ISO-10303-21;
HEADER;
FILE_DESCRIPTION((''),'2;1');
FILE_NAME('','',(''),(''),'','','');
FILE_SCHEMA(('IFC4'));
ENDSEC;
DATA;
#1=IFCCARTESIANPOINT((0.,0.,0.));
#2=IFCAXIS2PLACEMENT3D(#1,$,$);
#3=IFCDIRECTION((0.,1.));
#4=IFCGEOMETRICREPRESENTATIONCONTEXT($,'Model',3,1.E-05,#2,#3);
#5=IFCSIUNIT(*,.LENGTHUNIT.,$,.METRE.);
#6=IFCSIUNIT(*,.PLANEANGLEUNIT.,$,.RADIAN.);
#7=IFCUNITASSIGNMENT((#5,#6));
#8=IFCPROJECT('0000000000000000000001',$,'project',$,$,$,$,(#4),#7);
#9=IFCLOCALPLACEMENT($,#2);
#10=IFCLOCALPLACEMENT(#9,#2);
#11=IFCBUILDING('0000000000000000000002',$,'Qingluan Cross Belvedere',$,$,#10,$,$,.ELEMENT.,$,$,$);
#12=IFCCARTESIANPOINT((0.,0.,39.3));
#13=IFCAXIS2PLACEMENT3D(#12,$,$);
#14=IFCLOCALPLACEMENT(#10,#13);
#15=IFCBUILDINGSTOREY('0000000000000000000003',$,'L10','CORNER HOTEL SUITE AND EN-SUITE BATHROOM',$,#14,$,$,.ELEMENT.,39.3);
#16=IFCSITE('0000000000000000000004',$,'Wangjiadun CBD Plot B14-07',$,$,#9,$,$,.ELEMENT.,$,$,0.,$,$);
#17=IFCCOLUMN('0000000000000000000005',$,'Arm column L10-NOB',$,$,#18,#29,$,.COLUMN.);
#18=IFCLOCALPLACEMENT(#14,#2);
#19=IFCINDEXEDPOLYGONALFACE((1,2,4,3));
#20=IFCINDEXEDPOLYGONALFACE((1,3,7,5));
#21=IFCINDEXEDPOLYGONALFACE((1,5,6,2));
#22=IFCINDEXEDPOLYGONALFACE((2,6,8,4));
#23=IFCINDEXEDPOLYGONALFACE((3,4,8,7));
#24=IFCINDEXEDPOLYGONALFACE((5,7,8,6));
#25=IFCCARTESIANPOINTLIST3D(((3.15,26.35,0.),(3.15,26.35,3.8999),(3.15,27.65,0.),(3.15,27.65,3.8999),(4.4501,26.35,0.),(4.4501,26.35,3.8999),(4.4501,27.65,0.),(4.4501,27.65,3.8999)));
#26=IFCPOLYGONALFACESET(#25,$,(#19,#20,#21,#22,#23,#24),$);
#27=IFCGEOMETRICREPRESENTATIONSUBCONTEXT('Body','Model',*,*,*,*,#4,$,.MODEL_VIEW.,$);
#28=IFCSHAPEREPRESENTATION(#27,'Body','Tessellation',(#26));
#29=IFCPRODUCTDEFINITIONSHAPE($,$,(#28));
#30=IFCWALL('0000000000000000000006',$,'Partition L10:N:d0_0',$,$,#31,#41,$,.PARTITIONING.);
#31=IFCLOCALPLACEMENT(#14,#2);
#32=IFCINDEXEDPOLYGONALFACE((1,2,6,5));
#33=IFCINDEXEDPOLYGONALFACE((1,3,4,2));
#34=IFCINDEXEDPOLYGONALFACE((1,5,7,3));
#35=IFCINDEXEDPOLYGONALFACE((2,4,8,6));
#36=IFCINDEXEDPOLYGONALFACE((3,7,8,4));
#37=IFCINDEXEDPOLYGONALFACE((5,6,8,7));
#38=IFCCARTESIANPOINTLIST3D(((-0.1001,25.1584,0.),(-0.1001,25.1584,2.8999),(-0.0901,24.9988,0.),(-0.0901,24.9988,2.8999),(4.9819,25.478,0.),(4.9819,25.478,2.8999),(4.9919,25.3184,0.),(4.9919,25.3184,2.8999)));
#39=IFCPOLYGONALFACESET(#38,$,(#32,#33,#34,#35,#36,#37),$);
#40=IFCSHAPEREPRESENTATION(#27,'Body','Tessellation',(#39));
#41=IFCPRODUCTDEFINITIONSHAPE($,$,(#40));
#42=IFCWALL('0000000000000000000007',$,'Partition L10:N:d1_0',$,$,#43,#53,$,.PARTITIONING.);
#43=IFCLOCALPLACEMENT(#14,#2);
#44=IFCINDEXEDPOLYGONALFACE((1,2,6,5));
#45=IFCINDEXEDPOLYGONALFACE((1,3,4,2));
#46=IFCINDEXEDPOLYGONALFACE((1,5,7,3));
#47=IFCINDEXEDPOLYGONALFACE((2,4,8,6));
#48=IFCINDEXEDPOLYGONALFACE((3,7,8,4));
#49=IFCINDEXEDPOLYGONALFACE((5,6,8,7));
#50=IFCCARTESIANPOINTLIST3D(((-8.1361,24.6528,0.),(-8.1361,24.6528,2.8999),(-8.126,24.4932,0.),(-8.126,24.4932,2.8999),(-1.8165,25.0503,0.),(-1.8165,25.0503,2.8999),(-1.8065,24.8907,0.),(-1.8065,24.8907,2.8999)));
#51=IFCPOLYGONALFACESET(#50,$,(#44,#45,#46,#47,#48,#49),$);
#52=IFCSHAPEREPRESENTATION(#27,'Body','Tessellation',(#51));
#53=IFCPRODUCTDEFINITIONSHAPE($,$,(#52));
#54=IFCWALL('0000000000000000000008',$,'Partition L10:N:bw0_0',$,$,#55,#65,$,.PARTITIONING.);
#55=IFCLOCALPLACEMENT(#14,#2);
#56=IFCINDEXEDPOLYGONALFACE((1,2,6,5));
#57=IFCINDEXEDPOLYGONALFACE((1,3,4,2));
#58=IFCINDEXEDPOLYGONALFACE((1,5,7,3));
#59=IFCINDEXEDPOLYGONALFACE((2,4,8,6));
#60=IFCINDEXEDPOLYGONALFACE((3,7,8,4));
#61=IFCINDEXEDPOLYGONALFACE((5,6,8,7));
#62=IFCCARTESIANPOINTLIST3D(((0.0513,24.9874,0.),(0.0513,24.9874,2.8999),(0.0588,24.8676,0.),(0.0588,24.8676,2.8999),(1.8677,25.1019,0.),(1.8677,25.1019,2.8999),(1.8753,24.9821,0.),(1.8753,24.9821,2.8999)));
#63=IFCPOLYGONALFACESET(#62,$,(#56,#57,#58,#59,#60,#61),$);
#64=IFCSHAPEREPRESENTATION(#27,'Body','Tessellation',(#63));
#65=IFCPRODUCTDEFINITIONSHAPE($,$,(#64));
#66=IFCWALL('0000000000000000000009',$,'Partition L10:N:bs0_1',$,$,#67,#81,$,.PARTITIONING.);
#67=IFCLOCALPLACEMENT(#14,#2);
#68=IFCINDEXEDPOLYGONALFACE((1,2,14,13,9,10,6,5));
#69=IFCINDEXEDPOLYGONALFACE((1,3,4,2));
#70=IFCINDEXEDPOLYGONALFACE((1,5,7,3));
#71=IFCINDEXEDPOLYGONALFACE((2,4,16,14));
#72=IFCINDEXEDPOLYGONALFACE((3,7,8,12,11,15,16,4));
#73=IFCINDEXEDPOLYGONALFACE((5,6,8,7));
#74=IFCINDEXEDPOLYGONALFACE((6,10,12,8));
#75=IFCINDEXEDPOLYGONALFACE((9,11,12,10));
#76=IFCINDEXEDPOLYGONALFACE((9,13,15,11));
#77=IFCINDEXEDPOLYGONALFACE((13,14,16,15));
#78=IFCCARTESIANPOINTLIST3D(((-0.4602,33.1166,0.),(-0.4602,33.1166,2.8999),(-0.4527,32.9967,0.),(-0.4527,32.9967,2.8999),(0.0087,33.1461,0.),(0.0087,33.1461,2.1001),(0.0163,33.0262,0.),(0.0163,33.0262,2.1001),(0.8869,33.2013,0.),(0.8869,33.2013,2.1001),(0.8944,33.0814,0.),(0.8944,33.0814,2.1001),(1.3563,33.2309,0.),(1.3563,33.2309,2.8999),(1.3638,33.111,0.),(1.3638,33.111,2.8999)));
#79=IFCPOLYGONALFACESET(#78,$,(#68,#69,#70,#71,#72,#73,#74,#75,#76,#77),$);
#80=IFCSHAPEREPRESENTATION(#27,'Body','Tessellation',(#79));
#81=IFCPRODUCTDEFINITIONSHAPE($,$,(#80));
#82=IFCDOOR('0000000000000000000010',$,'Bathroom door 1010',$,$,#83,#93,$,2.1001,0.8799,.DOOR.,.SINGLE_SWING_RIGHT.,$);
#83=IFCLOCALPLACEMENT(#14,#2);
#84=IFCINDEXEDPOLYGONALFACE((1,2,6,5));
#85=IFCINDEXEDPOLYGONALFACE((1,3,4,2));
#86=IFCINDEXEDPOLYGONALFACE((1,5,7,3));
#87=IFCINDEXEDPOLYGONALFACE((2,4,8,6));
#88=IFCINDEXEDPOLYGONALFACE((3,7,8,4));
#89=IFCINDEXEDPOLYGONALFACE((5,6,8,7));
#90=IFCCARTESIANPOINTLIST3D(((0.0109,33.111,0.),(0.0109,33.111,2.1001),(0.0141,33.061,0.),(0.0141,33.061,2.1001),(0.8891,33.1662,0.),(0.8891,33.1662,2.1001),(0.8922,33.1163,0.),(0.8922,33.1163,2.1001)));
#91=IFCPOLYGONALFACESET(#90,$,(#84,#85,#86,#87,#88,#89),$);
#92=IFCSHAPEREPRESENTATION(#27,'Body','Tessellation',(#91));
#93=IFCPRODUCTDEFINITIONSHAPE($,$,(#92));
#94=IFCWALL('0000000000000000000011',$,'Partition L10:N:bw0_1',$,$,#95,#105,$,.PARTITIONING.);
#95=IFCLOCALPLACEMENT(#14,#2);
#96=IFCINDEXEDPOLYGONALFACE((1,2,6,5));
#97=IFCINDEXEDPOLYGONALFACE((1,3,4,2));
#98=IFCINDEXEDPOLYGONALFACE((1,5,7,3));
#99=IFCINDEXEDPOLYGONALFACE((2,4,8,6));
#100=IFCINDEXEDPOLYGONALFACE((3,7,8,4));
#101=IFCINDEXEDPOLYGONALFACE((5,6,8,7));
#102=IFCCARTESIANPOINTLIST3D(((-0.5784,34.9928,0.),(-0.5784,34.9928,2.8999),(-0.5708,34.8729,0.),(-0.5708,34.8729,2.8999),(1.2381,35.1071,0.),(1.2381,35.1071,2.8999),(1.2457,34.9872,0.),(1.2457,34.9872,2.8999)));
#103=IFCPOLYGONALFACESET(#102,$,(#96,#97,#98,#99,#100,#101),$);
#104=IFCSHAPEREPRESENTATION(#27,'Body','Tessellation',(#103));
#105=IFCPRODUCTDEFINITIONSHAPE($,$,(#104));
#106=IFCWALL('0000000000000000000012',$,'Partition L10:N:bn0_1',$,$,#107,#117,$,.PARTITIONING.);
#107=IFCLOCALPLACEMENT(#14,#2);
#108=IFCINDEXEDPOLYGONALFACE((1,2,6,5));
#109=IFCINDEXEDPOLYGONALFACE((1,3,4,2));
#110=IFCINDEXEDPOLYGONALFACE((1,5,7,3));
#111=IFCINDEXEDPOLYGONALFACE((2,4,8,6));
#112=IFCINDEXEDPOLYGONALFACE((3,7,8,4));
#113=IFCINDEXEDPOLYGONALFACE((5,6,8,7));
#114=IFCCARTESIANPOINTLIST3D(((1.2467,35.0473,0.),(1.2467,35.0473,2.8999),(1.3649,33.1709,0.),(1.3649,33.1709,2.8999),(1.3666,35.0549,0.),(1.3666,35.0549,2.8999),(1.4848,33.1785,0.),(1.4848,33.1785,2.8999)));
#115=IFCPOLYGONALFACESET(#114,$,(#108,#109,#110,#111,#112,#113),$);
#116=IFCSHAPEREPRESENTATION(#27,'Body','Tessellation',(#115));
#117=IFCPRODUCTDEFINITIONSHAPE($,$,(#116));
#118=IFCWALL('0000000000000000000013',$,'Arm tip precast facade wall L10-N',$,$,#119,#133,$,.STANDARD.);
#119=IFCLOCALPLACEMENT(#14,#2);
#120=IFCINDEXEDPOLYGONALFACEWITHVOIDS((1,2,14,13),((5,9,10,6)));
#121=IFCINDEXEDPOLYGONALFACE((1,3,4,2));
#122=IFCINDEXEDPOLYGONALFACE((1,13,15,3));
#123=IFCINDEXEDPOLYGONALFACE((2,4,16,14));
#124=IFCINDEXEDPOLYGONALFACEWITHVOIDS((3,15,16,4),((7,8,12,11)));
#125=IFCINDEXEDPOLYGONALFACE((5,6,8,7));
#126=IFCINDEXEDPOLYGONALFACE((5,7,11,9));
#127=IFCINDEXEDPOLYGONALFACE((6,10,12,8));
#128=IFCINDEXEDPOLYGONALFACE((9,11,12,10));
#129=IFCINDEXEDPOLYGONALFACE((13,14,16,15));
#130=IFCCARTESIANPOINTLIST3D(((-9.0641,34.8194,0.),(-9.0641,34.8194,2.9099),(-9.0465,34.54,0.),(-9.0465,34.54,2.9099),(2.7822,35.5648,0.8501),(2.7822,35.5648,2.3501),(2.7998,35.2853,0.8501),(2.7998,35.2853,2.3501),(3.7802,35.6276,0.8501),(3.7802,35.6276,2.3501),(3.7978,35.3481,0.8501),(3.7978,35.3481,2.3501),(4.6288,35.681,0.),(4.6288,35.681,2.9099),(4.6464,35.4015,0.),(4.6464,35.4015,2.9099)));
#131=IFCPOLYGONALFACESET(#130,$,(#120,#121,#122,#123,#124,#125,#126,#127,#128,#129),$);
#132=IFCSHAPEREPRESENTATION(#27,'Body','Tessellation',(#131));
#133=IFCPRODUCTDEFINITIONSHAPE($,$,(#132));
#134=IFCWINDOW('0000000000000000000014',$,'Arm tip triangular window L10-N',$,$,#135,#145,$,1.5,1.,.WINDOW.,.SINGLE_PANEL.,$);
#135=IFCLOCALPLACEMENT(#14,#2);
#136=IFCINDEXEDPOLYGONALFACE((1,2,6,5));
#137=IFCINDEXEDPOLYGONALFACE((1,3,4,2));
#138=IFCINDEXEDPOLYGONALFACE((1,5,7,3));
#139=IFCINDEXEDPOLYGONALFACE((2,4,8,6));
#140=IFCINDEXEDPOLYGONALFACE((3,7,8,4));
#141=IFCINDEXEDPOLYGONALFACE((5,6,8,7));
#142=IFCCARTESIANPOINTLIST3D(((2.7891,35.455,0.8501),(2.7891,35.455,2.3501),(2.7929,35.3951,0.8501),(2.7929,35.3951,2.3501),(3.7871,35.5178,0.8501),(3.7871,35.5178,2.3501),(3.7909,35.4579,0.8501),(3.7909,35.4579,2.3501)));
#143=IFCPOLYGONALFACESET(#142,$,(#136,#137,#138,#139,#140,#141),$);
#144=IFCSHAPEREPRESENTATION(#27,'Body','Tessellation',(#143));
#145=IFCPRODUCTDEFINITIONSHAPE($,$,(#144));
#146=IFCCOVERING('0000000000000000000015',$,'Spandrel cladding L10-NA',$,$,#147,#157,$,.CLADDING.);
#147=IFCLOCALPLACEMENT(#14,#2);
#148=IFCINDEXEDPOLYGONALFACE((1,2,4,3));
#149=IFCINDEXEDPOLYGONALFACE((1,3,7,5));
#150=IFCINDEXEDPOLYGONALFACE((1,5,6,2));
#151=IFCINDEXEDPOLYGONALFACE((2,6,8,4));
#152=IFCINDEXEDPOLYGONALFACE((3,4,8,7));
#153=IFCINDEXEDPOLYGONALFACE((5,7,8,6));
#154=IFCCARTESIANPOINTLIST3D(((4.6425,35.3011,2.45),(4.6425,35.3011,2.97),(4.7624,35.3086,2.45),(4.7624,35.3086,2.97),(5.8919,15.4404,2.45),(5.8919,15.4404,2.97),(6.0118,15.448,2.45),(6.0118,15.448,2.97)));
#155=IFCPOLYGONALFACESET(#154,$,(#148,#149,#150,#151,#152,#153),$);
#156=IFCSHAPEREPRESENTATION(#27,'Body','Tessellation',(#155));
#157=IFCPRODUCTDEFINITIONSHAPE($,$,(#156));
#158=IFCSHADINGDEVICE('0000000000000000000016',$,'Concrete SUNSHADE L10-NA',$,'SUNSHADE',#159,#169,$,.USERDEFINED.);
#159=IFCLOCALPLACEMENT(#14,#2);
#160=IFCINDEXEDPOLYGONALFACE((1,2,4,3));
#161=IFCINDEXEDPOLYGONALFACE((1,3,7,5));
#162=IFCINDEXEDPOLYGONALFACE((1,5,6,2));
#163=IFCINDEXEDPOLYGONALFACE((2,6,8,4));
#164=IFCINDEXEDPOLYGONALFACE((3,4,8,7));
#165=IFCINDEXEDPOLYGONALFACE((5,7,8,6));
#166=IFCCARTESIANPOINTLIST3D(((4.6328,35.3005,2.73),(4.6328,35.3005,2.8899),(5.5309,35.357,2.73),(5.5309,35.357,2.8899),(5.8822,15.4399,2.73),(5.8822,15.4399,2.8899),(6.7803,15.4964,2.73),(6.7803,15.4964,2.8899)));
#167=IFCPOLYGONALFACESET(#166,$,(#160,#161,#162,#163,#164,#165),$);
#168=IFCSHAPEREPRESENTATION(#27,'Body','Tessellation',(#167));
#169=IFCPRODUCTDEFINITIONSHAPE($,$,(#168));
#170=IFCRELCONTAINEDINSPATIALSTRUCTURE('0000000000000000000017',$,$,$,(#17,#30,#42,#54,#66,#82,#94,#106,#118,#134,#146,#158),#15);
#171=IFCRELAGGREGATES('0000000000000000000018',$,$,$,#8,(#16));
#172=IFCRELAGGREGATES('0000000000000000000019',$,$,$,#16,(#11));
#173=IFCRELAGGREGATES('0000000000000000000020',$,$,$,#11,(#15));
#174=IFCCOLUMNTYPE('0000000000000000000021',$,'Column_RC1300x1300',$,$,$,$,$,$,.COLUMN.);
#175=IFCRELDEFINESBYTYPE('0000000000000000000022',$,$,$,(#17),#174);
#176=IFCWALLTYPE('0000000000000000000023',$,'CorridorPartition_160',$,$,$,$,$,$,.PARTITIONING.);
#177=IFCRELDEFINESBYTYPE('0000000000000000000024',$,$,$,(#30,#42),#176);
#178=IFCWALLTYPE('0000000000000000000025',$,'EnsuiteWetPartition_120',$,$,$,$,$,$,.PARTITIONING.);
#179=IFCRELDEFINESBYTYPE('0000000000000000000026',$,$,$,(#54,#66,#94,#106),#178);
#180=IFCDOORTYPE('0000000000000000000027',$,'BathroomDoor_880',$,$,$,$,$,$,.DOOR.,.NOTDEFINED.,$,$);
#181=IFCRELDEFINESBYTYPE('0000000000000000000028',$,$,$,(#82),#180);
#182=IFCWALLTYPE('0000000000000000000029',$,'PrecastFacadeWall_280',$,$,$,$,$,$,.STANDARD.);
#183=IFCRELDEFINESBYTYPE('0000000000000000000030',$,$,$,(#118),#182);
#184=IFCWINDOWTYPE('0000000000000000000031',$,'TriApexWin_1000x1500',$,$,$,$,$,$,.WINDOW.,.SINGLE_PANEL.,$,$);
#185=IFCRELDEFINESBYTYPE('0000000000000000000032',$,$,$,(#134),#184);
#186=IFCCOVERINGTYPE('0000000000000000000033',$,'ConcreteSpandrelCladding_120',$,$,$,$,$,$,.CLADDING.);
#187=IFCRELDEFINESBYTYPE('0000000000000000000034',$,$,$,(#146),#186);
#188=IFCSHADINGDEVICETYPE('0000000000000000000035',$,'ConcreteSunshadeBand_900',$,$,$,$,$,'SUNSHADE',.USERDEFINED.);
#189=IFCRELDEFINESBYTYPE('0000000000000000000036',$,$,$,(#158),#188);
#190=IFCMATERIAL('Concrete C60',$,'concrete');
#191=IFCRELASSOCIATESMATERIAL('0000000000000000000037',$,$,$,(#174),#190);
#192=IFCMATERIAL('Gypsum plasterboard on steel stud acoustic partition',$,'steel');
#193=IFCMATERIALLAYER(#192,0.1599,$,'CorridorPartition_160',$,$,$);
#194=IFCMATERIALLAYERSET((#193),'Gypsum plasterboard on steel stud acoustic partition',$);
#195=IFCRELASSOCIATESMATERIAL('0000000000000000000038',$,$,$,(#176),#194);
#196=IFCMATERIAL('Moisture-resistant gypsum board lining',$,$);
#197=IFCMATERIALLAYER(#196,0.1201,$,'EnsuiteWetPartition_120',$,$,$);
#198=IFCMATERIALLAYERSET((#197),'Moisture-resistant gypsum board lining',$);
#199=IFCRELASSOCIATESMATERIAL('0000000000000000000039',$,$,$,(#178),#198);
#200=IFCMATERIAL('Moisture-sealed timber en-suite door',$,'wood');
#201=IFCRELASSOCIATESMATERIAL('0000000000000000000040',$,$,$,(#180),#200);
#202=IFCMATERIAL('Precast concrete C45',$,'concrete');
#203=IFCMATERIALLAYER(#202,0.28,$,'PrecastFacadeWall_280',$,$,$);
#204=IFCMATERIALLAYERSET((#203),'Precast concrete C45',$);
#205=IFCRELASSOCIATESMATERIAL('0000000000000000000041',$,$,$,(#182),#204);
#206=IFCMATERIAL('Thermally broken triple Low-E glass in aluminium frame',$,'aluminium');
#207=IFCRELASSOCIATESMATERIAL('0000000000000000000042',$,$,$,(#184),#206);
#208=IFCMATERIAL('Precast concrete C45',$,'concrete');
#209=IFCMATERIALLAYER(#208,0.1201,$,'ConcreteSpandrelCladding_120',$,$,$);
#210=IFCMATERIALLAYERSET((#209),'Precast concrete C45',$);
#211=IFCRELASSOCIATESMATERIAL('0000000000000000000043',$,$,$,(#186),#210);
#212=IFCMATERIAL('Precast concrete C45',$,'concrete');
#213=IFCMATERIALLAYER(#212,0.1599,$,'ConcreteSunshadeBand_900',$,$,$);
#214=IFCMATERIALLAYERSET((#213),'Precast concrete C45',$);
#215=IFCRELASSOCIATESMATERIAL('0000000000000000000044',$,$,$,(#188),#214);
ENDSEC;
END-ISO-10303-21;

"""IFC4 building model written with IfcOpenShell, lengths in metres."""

from ifc_helpers import new_model, si_unit, direction, frame, frame_2d, origin, origin_2d, place, context, subcontext, project, spatial, rectangle, extrude, material, layer, layer_set, material_profile, profile_set, type_object, element, fill, save


model = new_model("IFC4")

# Units and contexts
model_context = context("Model", 3, precision=1e-05, world=origin(), true_north=direction((0.0, 1.0)))
body_context = subcontext(model_context, "Body", "Model", "MODEL_VIEW")
ifc_project = project(units=[si_unit("LENGTHUNIT", "METRE"), si_unit("PLANEANGLEUNIT", "RADIAN")], contexts=[model_context])

# Site, building, storey
site_placement = place(None, origin())
site = spatial("IfcSite", under=ifc_project, at=site_placement, Name="Wangjiadun CBD Plot B14-07", CompositionType="ELEMENT", RefElevation=0.0)
building_placement = place(site_placement, origin())
building = spatial("IfcBuilding", under=site, at=building_placement, Name="Qingluan Cross Belvedere", CompositionType="ELEMENT")
storey_placement = place(building_placement, frame((0.0, 0.0, 39.3)))
storey = spatial("IfcBuildingStorey", under=building, at=storey_placement, Name="L10", Description="CORNER HOTEL SUITE AND EN-SUITE BATHROOM", CompositionType="ELEMENT", Elevation=39.3)

# Column
ifc_material_1 = material(Name="Concrete C60", Category="concrete")
ifc_material_profile = material_profile(ifc_material_1, rectangle(XDim=1.3, YDim=1.3, at=origin_2d()), Name="RC1300x1300")
ifc_profile_set = profile_set([ifc_material_profile], Name="Concrete C60")
column_type = type_object("IfcColumnType", Name="Column_RC1300x1300", PredefinedType="COLUMN", material=ifc_profile_set)
column_placement = place(storey_placement, frame((3.8, 27.0, 0.0), z_axis=(0.0, 0.0, 1.0), x_axis=(1.0, 0.0, 0.0)))
element("IfcColumn", 1, at=column_placement, inside=storey, type_object=column_type, Name="Arm column L10-NOB", PredefinedType="COLUMN", context=body_context, shape_type="SweptSolid", body=[
    extrude(rectangle(XDim=1.3, YDim=1.3, at=origin_2d()), origin(), (0.0, 0.0, 1.0), 3.8999),
])

# Walls
ifc_material_2 = material(Name="Gypsum plasterboard on steel stud acoustic partition", Category="steel")
ifc_layer_1 = layer(ifc_material_2, 0.1599, Name="CorridorPartition_160")
ifc_layer_set_1 = layer_set([ifc_layer_1], Name="Gypsum plasterboard on steel stud acoustic partition")
wall_type_1 = type_object("IfcWallType", Name="CorridorPartition_160", PredefinedType="PARTITIONING", material=ifc_layer_set_1)
wall_1_placement = place(storey_placement, frame((-0.095, 25.0786, 0.0), z_axis=(0.0, 0.0, 1.0), x_axis=(0.998029, 0.06276, 0.0)))
element("IfcWall", 2, at=wall_1_placement, inside=storey, type_object=wall_type_1, Name="Partition L10:N:d0_0", PredefinedType="PARTITIONING", context=body_context, shape_type="SweptSolid", body=[
    extrude(rectangle(XDim=5.092, YDim=0.1599, at=frame_2d((2.5459, 0.0))), origin(), (0.0, 0.0, 1.0), 2.8999),
])
wall_2_placement = place(storey_placement, frame((-1.8115, 24.9705, 0.0), z_axis=(0.0, 0.0, 1.0), x_axis=(-0.998028, -0.06277, 0.0)))
element("IfcWall", 3, at=wall_2_placement, inside=storey, type_object=wall_type_1, Name="Partition L10:N:d1_0", PredefinedType="PARTITIONING", context=body_context, shape_type="SweptSolid", body=[
    extrude(rectangle(XDim=6.332, YDim=0.1599, at=frame_2d((3.166, 0.0))), origin(), (0.0, 0.0, 1.0), 2.8999),
])
ifc_material_3 = material(Name="Moisture-resistant gypsum board lining")
ifc_layer_2 = layer(ifc_material_3, 0.1201, Name="EnsuiteWetPartition_120")
ifc_layer_set_2 = layer_set([ifc_layer_2], Name="Moisture-resistant gypsum board lining")
wall_type_2 = type_object("IfcWallType", Name="EnsuiteWetPartition_120", PredefinedType="PARTITIONING", material=ifc_layer_set_2)
wall_3_placement = place(storey_placement, frame((0.0549, 24.9275, 0.0), z_axis=(0.0, 0.0, 1.0), x_axis=(0.998019, 0.062913, 0.0)))
element("IfcWall", 4, at=wall_3_placement, inside=storey, type_object=wall_type_2, Name="Partition L10:N:bw0_0", PredefinedType="PARTITIONING", context=body_context, shape_type="SweptSolid", body=[
    extrude(rectangle(XDim=1.8201, YDim=0.1201, at=frame_2d((0.9102, 0.0))), origin(), (0.0, 0.0, 1.0), 2.8999),
])

# Wall, opening, door
wall_4_placement = place(storey_placement, frame((-0.4565, 33.0566, 0.0), z_axis=(0.0, 0.0, 1.0), x_axis=(0.998027, 0.062779, 0.0)))
wall_4 = element("IfcWall", 5, at=wall_4_placement, inside=storey, type_object=wall_type_2, Name="Partition L10:N:bs0_1", PredefinedType="PARTITIONING", context=body_context, shape_type="SweptSolid", body=[
    extrude(rectangle(XDim=1.8201, YDim=0.1201, at=frame_2d((0.9102, 0.0))), origin(), (0.0, 0.0, 1.0), 2.8999),
])
opening_1_placement = place(wall_4_placement, frame((0.47, 0.0, 0.0)))
opening_1 = element("IfcOpeningElement", 6, at=opening_1_placement, cuts=wall_4, PredefinedType="OPENING", context=body_context, shape_type="SweptSolid", body=[
    extrude(rectangle(XDim=0.8799, YDim=2.1001, at=frame_2d((0.4399, 1.05))), frame((0.0, 0.0701, 0.0), z_axis=(0.0, -1.0, 0.0), x_axis=(1.0, 0.0, 0.0)), (0.0, 0.0, 1.0), 0.1401),
])
ifc_material_4 = material(Name="Moisture-sealed timber en-suite door", Category="wood")
door_type = type_object("IfcDoorType", Name="BathroomDoor_880", OperationType="NOTDEFINED", PredefinedType="DOOR", material=ifc_material_4)
door_placement = place(opening_1_placement, origin())
door = element("IfcDoor", 7, at=door_placement, inside=storey, type_object=door_type, Name="Bathroom door 1010", OperationType="SINGLE_SWING_RIGHT", OverallHeight=2.1001, OverallWidth=0.8799, PredefinedType="DOOR", context=body_context, shape_type="SweptSolid", body=[
    extrude(rectangle(XDim=0.8799, YDim=2.1001, at=frame_2d((0.4399, 1.05))), frame((0.0, 0.0249, 0.0), z_axis=(0.0, -1.0, 0.0), x_axis=(1.0, 0.0, 0.0)), (0.0, 0.0, 1.0), 0.05),
])
fill(opening_1, door)

# Walls
wall_5_placement = place(storey_placement, frame((-0.5747, 34.9329, 0.0), z_axis=(0.0, 0.0, 1.0), x_axis=(0.998027, 0.062779, 0.0)))
element("IfcWall", 8, at=wall_5_placement, inside=storey, type_object=wall_type_2, Name="Partition L10:N:bw0_1", PredefinedType="PARTITIONING", context=body_context, shape_type="SweptSolid", body=[
    extrude(rectangle(XDim=1.8201, YDim=0.1201, at=frame_2d((0.9102, 0.0))), origin(), (0.0, 0.0, 1.0), 2.8999),
])
wall_6_placement = place(storey_placement, frame((1.4248, 33.1748, 0.0), z_axis=(0.0, 0.0, 1.0), x_axis=(-0.062847, 0.998023, 0.0)))
element("IfcWall", 9, at=wall_6_placement, inside=storey, type_object=wall_type_2, Name="Partition L10:N:bn0_1", PredefinedType="PARTITIONING", context=body_context, shape_type="SweptSolid", body=[
    extrude(rectangle(XDim=1.8801, YDim=0.1201, at=frame_2d((0.9399, 0.0))), origin(), (0.0, 0.0, 1.0), 2.8999),
])

# Wall, opening, window
ifc_material_5 = material(Name="Precast concrete C45", Category="concrete")
ifc_layer_3 = layer(ifc_material_5, 0.28, Name="PrecastFacadeWall_280")
ifc_layer_set_3 = layer_set([ifc_layer_3], Name="Precast concrete C45")
wall_type_3 = type_object("IfcWallType", Name="PrecastFacadeWall_280", PredefinedType="STANDARD", material=ifc_layer_set_3)
wall_7_placement = place(storey_placement, frame((4.6375, 35.5413, 0.0), z_axis=(0.0, 0.0, 1.0), x_axis=(-0.998026, -0.062797, 0.0)))
wall_7 = element("IfcWall", 10, at=wall_7_placement, inside=storey, type_object=wall_type_3, Name="Arm tip precast facade wall L10-N", PredefinedType="STANDARD", context=body_context, shape_type="SweptSolid", body=[
    extrude(rectangle(XDim=13.72, YDim=0.28, at=frame_2d((6.8599, 0.0))), origin(), (0.0, 0.0, 1.0), 2.9099),
])
opening_2_placement = place(wall_7_placement, frame((0.8501, 0.0, 0.8501)))
opening_2 = element("IfcOpeningElement", 11, at=opening_2_placement, cuts=wall_7, PredefinedType="OPENING", context=body_context, shape_type="SweptSolid", body=[
    extrude(rectangle(XDim=1.0, YDim=1.5, at=frame_2d((0.5, 0.75))), frame((0.0, 0.1499, 0.0), z_axis=(0.0, -1.0, 0.0), x_axis=(1.0, 0.0, 0.0)), (0.0, 0.0, 1.0), 0.3),
])
ifc_material_6 = material(Name="Thermally broken triple Low-E glass in aluminium frame", Category="aluminium")
window_type = type_object("IfcWindowType", Name="TriApexWin_1000x1500", PartitioningType="SINGLE_PANEL", PredefinedType="WINDOW", material=ifc_material_6)
window_placement = place(opening_2_placement, origin())
window = element("IfcWindow", 12, at=window_placement, inside=storey, type_object=window_type, Name="Arm tip triangular window L10-N", OverallHeight=1.5, OverallWidth=1.0, PartitioningType="SINGLE_PANEL", PredefinedType="WINDOW", context=body_context, shape_type="SweptSolid", body=[
    extrude(rectangle(XDim=1.0, YDim=1.5, at=frame_2d((0.5, 0.75))), frame((0.0, 0.03, 0.0), z_axis=(0.0, -1.0, 0.0), x_axis=(1.0, 0.0, 0.0)), (0.0, 0.0, 1.0), 0.0601),
])
fill(opening_2, window)

# Covering
ifc_material_7 = material(Name="Precast concrete C45", Category="concrete")
ifc_layer_4 = layer(ifc_material_7, 0.1201, Name="ConcreteSpandrelCladding_120")
ifc_layer_set_4 = layer_set([ifc_layer_4], Name="Precast concrete C45")
covering_type = type_object("IfcCoveringType", Name="ConcreteSpandrelCladding_120", PredefinedType="CLADDING", material=ifc_layer_set_4)
covering_placement = place(storey_placement, frame((5.3271, 25.3745, 2.45), z_axis=(0.0, 0.0, 1.0), x_axis=(-0.062786, 0.998027, 0.0)))
element("IfcCovering", 13, at=covering_placement, inside=storey, type_object=covering_type, Name="Spandrel cladding L10-NA", PredefinedType="CLADDING", context=body_context, shape_type="SweptSolid", body=[
    extrude(rectangle(XDim=19.8999, YDim=0.1201, at=origin_2d()), origin(), (0.0, 0.0, 1.0), 0.52),
])

# Shading device
ifc_material_8 = material(Name="Precast concrete C45", Category="concrete")
ifc_layer_5 = layer(ifc_material_8, 0.1599, Name="ConcreteSunshadeBand_900")
ifc_layer_set_5 = layer_set([ifc_layer_5], Name="Precast concrete C45")
shading_device_type = type_object("IfcShadingDeviceType", Name="ConcreteSunshadeBand_900", ElementType="SUNSHADE", PredefinedType="USERDEFINED", material=ifc_layer_set_5)
shading_device_placement = place(storey_placement, frame((5.7065, 25.3984, 2.73), z_axis=(0.0, 0.0, 1.0), x_axis=(-0.062786, 0.998027, 0.0)))
element("IfcShadingDevice", 14, at=shading_device_placement, inside=storey, type_object=shading_device_type, Name="Concrete SUNSHADE L10-NA", ObjectType="SUNSHADE", PredefinedType="USERDEFINED", context=body_context, shape_type="SweptSolid", body=[
    extrude(rectangle(XDim=19.8999, YDim=0.8999, at=origin_2d()), origin(), (0.0, 0.0, 1.0), 0.1599),
])

save(model, "model.ifc")
